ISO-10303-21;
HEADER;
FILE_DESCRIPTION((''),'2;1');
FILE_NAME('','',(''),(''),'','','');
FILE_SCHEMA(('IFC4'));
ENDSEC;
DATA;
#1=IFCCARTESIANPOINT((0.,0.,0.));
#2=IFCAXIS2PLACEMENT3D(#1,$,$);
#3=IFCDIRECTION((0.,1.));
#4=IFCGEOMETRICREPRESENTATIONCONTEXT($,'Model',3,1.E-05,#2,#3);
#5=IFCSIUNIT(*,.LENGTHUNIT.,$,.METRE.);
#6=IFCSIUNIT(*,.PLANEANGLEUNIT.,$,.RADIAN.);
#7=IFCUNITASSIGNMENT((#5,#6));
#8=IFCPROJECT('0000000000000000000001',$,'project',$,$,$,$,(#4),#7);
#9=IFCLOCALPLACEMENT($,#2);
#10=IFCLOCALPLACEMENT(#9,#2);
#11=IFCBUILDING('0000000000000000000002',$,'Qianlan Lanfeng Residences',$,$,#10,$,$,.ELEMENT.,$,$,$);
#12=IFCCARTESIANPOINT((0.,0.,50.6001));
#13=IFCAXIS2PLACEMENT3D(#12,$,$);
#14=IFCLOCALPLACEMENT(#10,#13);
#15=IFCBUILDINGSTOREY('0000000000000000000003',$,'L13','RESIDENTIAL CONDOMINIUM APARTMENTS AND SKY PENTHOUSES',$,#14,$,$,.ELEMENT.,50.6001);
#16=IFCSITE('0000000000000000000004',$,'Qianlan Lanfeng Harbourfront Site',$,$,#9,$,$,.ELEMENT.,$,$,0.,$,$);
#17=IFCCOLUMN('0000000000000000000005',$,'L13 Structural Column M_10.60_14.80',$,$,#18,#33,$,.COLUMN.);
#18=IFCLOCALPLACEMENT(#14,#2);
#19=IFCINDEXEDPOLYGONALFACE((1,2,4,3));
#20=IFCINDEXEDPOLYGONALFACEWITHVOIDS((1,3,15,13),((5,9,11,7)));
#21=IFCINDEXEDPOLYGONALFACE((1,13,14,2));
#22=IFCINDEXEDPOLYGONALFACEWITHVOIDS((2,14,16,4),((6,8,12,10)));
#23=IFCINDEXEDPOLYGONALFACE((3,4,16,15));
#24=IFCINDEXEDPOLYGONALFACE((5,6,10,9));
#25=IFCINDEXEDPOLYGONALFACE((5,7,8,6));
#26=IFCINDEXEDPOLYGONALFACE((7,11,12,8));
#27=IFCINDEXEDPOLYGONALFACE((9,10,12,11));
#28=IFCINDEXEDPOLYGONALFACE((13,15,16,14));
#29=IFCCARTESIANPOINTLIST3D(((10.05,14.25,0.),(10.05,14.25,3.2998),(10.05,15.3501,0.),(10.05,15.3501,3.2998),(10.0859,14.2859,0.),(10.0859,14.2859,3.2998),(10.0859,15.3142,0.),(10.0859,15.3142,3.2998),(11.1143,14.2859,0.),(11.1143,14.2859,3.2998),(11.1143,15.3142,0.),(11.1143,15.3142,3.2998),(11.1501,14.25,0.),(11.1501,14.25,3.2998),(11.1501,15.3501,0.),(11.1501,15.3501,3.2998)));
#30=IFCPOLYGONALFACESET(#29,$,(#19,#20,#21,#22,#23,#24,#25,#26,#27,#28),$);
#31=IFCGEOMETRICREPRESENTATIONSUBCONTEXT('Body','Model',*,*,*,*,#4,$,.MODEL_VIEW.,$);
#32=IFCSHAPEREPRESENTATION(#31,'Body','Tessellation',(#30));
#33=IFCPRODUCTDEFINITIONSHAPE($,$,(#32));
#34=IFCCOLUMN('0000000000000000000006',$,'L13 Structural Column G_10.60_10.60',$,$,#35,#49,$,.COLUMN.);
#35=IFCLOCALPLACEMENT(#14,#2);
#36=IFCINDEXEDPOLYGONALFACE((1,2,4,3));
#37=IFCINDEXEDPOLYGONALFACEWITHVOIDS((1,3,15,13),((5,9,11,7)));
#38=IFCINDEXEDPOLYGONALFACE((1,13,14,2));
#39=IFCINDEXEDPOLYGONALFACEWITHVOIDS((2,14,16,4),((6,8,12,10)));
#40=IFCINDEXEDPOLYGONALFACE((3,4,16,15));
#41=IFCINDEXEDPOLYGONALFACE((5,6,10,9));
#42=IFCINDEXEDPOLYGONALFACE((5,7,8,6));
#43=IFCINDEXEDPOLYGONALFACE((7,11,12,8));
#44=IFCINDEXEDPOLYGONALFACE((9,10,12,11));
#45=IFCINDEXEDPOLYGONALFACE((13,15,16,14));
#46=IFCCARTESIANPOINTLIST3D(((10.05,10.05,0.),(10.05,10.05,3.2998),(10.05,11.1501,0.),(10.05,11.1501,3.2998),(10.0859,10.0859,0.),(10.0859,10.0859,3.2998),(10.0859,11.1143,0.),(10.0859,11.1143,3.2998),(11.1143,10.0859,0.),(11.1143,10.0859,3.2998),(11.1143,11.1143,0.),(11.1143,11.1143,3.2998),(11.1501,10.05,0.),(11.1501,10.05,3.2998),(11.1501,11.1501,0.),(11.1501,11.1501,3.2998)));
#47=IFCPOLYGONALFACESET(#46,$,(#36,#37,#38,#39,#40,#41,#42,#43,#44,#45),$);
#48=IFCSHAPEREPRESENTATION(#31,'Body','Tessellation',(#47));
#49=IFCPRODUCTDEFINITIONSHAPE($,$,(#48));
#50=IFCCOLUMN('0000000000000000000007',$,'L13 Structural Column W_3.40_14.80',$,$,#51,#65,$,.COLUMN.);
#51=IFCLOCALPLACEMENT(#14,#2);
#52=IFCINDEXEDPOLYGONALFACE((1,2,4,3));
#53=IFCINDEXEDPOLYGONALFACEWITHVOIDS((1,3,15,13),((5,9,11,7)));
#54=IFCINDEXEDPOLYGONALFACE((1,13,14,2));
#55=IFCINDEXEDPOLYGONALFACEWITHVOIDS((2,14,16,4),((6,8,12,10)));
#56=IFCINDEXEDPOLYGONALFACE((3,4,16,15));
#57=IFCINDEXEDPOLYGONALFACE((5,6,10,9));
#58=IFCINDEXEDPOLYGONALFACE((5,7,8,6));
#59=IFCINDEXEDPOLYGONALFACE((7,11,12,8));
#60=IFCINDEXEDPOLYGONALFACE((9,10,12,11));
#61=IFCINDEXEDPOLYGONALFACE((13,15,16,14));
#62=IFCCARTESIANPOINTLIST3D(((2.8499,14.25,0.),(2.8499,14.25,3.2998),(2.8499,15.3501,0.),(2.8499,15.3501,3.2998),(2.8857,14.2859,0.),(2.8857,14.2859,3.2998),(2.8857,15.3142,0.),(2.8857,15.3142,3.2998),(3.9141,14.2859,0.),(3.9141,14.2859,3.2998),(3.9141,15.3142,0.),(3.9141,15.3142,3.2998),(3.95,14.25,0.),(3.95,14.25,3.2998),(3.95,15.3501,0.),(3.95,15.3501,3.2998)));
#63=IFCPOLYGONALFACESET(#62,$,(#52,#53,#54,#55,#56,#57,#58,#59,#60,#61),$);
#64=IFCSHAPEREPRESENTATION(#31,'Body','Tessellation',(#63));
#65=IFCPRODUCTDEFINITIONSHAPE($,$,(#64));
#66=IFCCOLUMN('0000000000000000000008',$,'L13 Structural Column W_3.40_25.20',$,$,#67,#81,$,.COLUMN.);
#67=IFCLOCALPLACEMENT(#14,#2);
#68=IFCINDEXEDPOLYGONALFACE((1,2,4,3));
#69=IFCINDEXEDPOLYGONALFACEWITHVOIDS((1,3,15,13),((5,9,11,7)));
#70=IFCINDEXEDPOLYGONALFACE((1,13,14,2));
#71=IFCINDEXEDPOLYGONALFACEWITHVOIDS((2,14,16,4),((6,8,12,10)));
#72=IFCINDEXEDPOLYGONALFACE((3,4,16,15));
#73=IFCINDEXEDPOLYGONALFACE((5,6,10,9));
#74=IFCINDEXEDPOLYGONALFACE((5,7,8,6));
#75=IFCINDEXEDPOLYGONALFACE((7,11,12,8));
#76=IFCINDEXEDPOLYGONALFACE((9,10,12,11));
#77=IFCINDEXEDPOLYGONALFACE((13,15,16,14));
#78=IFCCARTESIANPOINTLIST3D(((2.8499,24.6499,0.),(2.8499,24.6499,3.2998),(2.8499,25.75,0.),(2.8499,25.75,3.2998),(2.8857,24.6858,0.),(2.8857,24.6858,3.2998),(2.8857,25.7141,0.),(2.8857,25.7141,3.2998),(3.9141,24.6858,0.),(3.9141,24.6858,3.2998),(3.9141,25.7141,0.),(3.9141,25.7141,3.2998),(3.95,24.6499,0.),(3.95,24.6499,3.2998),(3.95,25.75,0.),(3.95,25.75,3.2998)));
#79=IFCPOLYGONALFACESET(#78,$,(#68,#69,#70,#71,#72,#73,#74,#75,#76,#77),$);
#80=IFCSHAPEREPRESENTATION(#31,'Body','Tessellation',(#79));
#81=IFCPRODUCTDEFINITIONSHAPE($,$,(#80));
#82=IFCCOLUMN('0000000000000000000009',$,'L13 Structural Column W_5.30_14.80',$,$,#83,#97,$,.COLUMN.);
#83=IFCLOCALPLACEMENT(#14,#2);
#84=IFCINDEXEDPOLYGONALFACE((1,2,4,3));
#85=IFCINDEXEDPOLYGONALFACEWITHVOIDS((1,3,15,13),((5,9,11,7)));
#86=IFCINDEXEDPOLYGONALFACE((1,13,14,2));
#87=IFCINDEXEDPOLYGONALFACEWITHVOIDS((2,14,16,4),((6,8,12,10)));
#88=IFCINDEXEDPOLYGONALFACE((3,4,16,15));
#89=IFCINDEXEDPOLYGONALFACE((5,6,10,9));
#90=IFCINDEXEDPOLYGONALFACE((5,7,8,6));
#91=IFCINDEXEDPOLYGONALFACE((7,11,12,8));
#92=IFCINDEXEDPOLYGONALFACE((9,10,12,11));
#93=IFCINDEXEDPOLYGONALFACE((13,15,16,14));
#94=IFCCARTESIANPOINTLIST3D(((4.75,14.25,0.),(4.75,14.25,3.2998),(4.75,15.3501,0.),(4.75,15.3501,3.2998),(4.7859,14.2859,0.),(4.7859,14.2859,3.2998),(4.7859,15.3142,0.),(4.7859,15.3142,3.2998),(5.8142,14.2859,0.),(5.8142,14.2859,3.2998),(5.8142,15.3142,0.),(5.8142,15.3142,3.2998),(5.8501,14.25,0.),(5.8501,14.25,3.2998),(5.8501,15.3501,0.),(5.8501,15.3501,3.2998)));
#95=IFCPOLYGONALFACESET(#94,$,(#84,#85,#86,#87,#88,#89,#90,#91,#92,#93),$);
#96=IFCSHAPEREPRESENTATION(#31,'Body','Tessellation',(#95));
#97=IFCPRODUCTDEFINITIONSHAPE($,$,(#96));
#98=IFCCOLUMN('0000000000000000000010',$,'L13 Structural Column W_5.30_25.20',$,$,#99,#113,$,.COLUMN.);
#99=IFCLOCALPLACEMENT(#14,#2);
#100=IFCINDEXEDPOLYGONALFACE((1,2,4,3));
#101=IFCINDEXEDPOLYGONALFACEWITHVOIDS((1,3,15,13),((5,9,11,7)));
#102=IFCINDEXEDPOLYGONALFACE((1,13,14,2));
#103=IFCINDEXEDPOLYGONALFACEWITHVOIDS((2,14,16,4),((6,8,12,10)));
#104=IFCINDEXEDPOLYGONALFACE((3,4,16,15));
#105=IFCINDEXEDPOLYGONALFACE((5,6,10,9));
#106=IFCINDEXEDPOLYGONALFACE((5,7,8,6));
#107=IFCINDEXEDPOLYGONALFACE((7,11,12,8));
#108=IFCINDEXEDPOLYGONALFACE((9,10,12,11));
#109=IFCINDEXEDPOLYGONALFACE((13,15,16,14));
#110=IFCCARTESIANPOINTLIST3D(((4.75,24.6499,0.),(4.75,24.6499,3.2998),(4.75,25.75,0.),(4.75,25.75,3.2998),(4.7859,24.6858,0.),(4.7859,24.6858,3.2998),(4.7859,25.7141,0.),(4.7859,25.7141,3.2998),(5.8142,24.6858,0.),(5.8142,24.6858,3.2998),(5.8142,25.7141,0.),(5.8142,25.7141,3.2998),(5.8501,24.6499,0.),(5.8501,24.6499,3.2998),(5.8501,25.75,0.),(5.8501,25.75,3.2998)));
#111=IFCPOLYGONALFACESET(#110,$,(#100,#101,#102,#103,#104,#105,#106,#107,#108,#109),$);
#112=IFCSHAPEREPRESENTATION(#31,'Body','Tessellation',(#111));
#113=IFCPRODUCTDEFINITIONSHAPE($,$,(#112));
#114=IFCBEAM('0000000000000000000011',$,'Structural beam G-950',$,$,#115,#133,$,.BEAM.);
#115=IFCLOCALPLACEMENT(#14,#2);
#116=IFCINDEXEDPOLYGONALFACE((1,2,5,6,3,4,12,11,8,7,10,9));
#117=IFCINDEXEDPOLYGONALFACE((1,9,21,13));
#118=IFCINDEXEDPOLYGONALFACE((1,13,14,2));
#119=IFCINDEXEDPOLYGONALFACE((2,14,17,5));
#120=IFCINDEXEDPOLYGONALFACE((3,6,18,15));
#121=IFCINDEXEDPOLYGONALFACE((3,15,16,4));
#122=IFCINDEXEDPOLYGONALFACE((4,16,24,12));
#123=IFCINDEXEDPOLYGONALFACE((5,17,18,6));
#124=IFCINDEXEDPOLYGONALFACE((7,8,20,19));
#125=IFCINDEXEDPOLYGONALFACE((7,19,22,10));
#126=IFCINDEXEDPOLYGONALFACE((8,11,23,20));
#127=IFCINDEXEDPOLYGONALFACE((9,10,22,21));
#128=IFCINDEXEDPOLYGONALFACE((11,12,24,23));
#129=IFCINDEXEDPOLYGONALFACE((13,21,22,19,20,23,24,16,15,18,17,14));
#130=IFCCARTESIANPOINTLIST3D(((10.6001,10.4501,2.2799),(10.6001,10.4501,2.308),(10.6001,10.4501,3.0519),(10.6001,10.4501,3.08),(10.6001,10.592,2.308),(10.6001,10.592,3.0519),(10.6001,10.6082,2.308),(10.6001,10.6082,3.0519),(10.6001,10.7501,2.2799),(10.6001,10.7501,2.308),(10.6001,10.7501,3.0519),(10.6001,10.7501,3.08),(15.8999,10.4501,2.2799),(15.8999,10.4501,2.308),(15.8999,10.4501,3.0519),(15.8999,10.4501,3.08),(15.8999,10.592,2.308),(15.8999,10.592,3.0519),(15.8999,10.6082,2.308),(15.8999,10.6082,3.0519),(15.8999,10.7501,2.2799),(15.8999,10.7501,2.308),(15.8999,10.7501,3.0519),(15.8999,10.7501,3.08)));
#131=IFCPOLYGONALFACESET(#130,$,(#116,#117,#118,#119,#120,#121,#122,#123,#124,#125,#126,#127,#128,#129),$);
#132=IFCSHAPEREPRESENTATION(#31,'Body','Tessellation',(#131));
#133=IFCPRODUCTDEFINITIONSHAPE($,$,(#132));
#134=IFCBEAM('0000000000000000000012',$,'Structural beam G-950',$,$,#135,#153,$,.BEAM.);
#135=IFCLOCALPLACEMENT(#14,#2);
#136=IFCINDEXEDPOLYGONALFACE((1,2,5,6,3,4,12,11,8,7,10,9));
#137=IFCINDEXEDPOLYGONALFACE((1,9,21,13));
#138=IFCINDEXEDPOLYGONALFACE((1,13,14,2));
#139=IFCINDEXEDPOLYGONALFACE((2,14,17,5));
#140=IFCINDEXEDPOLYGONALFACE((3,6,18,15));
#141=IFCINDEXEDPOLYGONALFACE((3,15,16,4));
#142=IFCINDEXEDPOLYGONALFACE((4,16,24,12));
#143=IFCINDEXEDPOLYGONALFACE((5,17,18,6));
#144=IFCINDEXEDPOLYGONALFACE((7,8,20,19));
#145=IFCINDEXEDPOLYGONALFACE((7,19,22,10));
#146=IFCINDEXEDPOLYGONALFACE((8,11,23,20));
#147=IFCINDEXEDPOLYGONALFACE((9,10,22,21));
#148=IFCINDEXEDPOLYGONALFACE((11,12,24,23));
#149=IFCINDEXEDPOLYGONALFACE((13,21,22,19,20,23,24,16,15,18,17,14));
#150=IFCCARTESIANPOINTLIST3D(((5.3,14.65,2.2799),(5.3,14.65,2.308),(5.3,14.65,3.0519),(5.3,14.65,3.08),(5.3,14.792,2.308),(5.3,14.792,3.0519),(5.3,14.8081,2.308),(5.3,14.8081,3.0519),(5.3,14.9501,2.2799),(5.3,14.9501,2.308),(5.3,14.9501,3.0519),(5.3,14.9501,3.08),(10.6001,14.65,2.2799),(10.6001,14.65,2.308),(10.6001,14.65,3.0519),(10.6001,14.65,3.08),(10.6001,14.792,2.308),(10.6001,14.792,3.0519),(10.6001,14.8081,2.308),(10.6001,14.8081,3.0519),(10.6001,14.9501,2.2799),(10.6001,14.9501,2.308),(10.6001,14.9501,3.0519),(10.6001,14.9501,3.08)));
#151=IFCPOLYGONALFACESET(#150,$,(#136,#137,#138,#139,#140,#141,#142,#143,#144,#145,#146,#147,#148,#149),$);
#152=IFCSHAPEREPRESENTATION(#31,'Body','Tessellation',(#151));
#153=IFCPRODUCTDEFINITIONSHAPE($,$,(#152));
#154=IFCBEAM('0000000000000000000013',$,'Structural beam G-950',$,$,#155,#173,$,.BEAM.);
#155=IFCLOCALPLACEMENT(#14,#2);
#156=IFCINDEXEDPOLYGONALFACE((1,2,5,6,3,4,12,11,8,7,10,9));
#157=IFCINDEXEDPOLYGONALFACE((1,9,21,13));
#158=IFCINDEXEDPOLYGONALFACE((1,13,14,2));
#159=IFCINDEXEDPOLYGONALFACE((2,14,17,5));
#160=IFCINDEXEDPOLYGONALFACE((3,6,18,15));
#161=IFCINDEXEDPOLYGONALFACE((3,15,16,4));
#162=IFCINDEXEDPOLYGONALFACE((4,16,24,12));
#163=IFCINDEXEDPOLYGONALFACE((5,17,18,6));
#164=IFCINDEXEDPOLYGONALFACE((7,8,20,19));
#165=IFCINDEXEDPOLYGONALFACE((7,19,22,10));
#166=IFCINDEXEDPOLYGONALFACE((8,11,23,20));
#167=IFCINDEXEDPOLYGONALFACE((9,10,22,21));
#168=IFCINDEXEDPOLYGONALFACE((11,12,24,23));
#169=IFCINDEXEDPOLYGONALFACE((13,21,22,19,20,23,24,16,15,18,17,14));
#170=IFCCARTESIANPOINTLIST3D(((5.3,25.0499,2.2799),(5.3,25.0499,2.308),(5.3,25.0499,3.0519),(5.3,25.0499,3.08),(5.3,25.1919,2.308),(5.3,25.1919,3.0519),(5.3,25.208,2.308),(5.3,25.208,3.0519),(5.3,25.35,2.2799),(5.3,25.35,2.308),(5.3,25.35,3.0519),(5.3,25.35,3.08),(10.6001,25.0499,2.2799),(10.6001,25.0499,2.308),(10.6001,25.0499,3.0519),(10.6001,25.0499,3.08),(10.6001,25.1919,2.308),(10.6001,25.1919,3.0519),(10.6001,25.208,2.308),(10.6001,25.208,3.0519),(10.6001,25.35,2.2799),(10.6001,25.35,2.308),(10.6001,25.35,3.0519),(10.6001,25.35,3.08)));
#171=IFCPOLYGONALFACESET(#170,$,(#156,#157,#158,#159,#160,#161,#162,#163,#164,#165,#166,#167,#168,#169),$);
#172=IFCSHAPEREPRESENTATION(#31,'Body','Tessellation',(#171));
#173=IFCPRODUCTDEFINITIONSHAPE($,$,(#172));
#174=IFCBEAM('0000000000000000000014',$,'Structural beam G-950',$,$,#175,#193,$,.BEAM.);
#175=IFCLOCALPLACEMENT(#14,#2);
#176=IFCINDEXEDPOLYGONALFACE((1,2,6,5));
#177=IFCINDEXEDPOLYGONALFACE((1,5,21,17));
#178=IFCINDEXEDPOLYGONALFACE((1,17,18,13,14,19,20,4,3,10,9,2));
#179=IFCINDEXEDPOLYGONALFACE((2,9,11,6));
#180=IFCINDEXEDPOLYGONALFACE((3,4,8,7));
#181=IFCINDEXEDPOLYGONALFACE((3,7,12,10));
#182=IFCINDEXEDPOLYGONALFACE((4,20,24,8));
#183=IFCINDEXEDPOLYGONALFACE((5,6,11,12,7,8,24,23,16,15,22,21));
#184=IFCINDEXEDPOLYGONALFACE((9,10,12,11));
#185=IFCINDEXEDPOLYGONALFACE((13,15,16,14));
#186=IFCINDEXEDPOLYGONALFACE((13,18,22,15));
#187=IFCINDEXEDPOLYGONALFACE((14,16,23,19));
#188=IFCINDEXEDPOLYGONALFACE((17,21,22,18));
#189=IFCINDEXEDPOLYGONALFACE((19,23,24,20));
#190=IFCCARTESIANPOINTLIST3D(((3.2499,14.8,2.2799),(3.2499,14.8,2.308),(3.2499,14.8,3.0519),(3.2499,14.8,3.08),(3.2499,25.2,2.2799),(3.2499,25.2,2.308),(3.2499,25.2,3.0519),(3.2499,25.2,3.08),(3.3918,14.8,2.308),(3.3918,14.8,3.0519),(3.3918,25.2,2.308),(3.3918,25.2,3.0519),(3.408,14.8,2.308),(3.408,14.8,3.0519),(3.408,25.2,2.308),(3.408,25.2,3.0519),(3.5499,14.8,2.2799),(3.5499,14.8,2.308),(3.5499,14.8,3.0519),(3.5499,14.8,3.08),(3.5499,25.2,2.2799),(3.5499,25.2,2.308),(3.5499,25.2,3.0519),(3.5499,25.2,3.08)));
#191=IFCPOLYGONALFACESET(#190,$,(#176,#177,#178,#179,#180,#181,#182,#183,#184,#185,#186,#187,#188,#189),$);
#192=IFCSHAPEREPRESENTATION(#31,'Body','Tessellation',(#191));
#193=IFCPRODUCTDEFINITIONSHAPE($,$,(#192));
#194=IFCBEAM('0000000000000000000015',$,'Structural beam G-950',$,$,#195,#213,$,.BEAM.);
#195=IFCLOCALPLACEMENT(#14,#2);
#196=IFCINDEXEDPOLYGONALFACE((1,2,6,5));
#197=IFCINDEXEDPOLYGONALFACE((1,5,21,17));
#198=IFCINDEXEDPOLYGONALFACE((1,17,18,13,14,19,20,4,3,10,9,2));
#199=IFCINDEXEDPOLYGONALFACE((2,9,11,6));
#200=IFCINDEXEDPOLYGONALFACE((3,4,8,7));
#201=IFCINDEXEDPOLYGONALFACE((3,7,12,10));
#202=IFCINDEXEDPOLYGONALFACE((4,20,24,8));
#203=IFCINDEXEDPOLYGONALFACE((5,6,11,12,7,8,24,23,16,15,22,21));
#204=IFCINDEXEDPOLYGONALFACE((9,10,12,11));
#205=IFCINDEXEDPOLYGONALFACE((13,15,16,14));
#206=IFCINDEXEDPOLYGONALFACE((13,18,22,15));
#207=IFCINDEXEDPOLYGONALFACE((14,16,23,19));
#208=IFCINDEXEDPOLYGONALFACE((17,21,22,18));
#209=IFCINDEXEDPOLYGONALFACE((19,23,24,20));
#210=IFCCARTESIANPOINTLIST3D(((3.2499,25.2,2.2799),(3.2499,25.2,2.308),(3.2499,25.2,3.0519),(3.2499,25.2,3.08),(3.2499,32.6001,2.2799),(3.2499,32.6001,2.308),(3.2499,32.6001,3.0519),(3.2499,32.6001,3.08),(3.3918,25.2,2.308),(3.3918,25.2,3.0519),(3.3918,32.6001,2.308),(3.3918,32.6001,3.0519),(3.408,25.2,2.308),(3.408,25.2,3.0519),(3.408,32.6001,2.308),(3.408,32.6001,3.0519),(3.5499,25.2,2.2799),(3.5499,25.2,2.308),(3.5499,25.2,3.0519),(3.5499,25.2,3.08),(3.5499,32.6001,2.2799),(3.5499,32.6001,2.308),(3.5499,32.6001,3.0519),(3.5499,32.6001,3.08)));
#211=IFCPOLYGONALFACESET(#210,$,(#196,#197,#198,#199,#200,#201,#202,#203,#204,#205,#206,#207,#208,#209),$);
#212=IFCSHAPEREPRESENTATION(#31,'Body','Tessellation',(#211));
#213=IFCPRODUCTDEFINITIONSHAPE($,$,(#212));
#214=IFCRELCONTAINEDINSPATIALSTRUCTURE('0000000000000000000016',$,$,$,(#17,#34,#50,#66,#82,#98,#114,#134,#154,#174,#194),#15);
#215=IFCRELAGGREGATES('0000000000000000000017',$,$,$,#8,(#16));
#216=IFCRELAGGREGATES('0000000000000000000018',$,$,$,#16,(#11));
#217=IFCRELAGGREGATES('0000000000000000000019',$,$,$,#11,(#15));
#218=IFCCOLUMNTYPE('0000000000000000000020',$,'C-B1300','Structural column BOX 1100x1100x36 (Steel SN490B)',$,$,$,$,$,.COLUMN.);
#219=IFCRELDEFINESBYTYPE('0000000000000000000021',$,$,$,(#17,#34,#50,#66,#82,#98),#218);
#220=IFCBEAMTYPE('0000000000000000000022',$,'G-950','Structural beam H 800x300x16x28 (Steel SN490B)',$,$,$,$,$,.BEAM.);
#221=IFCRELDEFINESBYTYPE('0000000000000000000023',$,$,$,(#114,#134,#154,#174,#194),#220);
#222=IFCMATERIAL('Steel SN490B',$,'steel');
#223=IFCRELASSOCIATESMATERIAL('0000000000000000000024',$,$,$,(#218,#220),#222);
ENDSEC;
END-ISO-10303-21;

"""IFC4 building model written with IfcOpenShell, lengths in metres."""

from ifc_helpers import new_model, si_unit, direction, frame, origin, origin_2d, place, context, subcontext, project, spatial, hollow_rectangle, i_section, extrude, material, material_profile, profile_set, type_object, element, save


model = new_model("IFC4")

# Units and contexts
model_context = context("Model", 3, precision=1e-05, world=origin(), true_north=direction((0.0, 1.0)))
body_context = subcontext(model_context, "Body", "Model", "MODEL_VIEW")
ifc_project = project(units=[si_unit("LENGTHUNIT", "METRE"), si_unit("PLANEANGLEUNIT", "RADIAN")], contexts=[model_context])

# Site, building, storey
site_placement = place(None, origin())
site = spatial("IfcSite", under=ifc_project, at=site_placement, Name="Qianlan Lanfeng Harbourfront Site", CompositionType="ELEMENT", RefElevation=0.0)
building_placement = place(site_placement, origin())
building = spatial("IfcBuilding", under=site, at=building_placement, Name="Qianlan Lanfeng Residences", CompositionType="ELEMENT")
storey_placement = place(building_placement, frame((0.0, 0.0, 50.6001)))
storey = spatial("IfcBuildingStorey", under=building, at=storey_placement, Name="L13", Description="RESIDENTIAL CONDOMINIUM APARTMENTS AND SKY PENTHOUSES", CompositionType="ELEMENT", Elevation=50.6001)

# Columns
ifc_material_1 = material(Name="Steel SN490B", Category="steel")
ifc_material_profile_1 = material_profile(ifc_material_1, hollow_rectangle(XDim=1.1001, YDim=1.1001, WallThickness=0.0359, at=origin_2d()), Name="BOX 1100x1100x36")
ifc_profile_set_1 = profile_set([ifc_material_profile_1], Name="Steel SN490B")
column_type = type_object("IfcColumnType", Name="C-B1300", Description="Structural column BOX 1100x1100x36 (Steel SN490B)", PredefinedType="COLUMN", material=ifc_profile_set_1)
for number, where, z_axis, x_axis, name in (
    (1, (10.6001, 14.8, 0.0), (0.0, 0.0, 1.0), (1.0, 0.0, 0.0), "L13 Structural Column M_10.60_14.80"),
    (2, (10.6001, 10.6001, 0.0), (0.0, 0.0, 1.0), (1.0, 0.0, 0.0), "L13 Structural Column G_10.60_10.60"),
    (3, (3.3999, 14.8, 0.0), (0.0, 0.0, 1.0), (1.0, 0.0, 0.0), "L13 Structural Column W_3.40_14.80"),
    (4, (3.3999, 25.2, 0.0), (0.0, 0.0, 1.0), (1.0, 0.0, 0.0), "L13 Structural Column W_3.40_25.20"),
    (5, (5.3, 14.8, 0.0), (0.0, 0.0, 1.0), (1.0, 0.0, 0.0), "L13 Structural Column W_5.30_14.80"),
    (6, (5.3, 25.2, 0.0), (0.0, 0.0, 1.0), (1.0, 0.0, 0.0), "L13 Structural Column W_5.30_25.20"),
):
    element("IfcColumn", number, at=place(storey_placement, frame(where, z_axis=z_axis, x_axis=x_axis)), inside=storey, type_object=column_type, Name=name, PredefinedType="COLUMN", context=body_context, shape_type="SweptSolid", body=[
        extrude(hollow_rectangle(XDim=1.1001, YDim=1.1001, WallThickness=0.0359, at=origin_2d()), origin(), (0.0, 0.0, 1.0), 3.2998),
    ])

# Beams
ifc_material_profile_2 = material_profile(ifc_material_1, i_section(OverallWidth=0.3, OverallDepth=0.8, WebThickness=0.0161, FlangeThickness=0.0281, at=origin_2d()), Name="H 800x300x16x28")
ifc_profile_set_2 = profile_set([ifc_material_profile_2], Name="Steel SN490B")
beam_type_1 = type_object("IfcBeamType", Name="G-950", Description="Structural beam H 800x300x16x28 (Steel SN490B)", PredefinedType="BEAM", material=ifc_profile_set_2)
beam_1_placement = place(storey_placement, frame((10.6001, 10.6001, 2.6799), z_axis=(1.0, 0.0, 0.0), x_axis=(0.0, 1.0, 0.0)))
element("IfcBeam", 7, at=beam_1_placement, inside=storey, type_object=beam_type_1, Name="Structural beam G-950", PredefinedType="BEAM", context=body_context, shape_type="SweptSolid", body=[
    extrude(i_section(OverallWidth=0.3, OverallDepth=0.8, WebThickness=0.0161, FlangeThickness=0.0281, at=origin_2d()), origin(), (0.0, 0.0, 1.0), 5.2998),
])
for number, where, z_axis, x_axis, name in (
    (8, (5.3, 14.8, 2.6799), (1.0, 0.0, 0.0), (0.0, 1.0, 0.0), "Structural beam G-950"),
    (9, (5.3, 25.2, 2.6799), (1.0, 0.0, 0.0), (0.0, 1.0, 0.0), "Structural beam G-950"),
):
    element("IfcBeam", number, at=place(storey_placement, frame(where, z_axis=z_axis, x_axis=x_axis)), inside=storey, type_object=beam_type_1, Name=name, PredefinedType="BEAM", context=body_context, shape_type="SweptSolid", body=[
        extrude(i_section(OverallWidth=0.3, OverallDepth=0.8, WebThickness=0.0161, FlangeThickness=0.0281, at=origin_2d()), origin(), (0.0, 0.0, 1.0), 5.3),
    ])
beam_2_placement = place(storey_placement, frame((3.3999, 14.8, 2.6799), z_axis=(0.0, 1.0, 0.0), x_axis=(-1.0, 0.0, 0.0)))
element("IfcBeam", 10, at=beam_2_placement, inside=storey, type_object=beam_type_1, Name="Structural beam G-950", PredefinedType="BEAM", context=body_context, shape_type="SweptSolid", body=[
    extrude(i_section(OverallWidth=0.3, OverallDepth=0.8, WebThickness=0.0161, FlangeThickness=0.0281, at=origin_2d()), origin(), (0.0, 0.0, 1.0), 10.3999),
])
beam_3_placement = place(storey_placement, frame((3.3999, 25.2, 2.6799), z_axis=(0.0, 1.0, 0.0), x_axis=(-1.0, 0.0, 0.0)))
element("IfcBeam", 11, at=beam_3_placement, inside=storey, type_object=beam_type_1, Name="Structural beam G-950", PredefinedType="BEAM", context=body_context, shape_type="SweptSolid", body=[
    extrude(i_section(OverallWidth=0.3, OverallDepth=0.8, WebThickness=0.0161, FlangeThickness=0.0281, at=origin_2d()), origin(), (0.0, 0.0, 1.0), 7.4001),
])

save(model, "model.ifc")
